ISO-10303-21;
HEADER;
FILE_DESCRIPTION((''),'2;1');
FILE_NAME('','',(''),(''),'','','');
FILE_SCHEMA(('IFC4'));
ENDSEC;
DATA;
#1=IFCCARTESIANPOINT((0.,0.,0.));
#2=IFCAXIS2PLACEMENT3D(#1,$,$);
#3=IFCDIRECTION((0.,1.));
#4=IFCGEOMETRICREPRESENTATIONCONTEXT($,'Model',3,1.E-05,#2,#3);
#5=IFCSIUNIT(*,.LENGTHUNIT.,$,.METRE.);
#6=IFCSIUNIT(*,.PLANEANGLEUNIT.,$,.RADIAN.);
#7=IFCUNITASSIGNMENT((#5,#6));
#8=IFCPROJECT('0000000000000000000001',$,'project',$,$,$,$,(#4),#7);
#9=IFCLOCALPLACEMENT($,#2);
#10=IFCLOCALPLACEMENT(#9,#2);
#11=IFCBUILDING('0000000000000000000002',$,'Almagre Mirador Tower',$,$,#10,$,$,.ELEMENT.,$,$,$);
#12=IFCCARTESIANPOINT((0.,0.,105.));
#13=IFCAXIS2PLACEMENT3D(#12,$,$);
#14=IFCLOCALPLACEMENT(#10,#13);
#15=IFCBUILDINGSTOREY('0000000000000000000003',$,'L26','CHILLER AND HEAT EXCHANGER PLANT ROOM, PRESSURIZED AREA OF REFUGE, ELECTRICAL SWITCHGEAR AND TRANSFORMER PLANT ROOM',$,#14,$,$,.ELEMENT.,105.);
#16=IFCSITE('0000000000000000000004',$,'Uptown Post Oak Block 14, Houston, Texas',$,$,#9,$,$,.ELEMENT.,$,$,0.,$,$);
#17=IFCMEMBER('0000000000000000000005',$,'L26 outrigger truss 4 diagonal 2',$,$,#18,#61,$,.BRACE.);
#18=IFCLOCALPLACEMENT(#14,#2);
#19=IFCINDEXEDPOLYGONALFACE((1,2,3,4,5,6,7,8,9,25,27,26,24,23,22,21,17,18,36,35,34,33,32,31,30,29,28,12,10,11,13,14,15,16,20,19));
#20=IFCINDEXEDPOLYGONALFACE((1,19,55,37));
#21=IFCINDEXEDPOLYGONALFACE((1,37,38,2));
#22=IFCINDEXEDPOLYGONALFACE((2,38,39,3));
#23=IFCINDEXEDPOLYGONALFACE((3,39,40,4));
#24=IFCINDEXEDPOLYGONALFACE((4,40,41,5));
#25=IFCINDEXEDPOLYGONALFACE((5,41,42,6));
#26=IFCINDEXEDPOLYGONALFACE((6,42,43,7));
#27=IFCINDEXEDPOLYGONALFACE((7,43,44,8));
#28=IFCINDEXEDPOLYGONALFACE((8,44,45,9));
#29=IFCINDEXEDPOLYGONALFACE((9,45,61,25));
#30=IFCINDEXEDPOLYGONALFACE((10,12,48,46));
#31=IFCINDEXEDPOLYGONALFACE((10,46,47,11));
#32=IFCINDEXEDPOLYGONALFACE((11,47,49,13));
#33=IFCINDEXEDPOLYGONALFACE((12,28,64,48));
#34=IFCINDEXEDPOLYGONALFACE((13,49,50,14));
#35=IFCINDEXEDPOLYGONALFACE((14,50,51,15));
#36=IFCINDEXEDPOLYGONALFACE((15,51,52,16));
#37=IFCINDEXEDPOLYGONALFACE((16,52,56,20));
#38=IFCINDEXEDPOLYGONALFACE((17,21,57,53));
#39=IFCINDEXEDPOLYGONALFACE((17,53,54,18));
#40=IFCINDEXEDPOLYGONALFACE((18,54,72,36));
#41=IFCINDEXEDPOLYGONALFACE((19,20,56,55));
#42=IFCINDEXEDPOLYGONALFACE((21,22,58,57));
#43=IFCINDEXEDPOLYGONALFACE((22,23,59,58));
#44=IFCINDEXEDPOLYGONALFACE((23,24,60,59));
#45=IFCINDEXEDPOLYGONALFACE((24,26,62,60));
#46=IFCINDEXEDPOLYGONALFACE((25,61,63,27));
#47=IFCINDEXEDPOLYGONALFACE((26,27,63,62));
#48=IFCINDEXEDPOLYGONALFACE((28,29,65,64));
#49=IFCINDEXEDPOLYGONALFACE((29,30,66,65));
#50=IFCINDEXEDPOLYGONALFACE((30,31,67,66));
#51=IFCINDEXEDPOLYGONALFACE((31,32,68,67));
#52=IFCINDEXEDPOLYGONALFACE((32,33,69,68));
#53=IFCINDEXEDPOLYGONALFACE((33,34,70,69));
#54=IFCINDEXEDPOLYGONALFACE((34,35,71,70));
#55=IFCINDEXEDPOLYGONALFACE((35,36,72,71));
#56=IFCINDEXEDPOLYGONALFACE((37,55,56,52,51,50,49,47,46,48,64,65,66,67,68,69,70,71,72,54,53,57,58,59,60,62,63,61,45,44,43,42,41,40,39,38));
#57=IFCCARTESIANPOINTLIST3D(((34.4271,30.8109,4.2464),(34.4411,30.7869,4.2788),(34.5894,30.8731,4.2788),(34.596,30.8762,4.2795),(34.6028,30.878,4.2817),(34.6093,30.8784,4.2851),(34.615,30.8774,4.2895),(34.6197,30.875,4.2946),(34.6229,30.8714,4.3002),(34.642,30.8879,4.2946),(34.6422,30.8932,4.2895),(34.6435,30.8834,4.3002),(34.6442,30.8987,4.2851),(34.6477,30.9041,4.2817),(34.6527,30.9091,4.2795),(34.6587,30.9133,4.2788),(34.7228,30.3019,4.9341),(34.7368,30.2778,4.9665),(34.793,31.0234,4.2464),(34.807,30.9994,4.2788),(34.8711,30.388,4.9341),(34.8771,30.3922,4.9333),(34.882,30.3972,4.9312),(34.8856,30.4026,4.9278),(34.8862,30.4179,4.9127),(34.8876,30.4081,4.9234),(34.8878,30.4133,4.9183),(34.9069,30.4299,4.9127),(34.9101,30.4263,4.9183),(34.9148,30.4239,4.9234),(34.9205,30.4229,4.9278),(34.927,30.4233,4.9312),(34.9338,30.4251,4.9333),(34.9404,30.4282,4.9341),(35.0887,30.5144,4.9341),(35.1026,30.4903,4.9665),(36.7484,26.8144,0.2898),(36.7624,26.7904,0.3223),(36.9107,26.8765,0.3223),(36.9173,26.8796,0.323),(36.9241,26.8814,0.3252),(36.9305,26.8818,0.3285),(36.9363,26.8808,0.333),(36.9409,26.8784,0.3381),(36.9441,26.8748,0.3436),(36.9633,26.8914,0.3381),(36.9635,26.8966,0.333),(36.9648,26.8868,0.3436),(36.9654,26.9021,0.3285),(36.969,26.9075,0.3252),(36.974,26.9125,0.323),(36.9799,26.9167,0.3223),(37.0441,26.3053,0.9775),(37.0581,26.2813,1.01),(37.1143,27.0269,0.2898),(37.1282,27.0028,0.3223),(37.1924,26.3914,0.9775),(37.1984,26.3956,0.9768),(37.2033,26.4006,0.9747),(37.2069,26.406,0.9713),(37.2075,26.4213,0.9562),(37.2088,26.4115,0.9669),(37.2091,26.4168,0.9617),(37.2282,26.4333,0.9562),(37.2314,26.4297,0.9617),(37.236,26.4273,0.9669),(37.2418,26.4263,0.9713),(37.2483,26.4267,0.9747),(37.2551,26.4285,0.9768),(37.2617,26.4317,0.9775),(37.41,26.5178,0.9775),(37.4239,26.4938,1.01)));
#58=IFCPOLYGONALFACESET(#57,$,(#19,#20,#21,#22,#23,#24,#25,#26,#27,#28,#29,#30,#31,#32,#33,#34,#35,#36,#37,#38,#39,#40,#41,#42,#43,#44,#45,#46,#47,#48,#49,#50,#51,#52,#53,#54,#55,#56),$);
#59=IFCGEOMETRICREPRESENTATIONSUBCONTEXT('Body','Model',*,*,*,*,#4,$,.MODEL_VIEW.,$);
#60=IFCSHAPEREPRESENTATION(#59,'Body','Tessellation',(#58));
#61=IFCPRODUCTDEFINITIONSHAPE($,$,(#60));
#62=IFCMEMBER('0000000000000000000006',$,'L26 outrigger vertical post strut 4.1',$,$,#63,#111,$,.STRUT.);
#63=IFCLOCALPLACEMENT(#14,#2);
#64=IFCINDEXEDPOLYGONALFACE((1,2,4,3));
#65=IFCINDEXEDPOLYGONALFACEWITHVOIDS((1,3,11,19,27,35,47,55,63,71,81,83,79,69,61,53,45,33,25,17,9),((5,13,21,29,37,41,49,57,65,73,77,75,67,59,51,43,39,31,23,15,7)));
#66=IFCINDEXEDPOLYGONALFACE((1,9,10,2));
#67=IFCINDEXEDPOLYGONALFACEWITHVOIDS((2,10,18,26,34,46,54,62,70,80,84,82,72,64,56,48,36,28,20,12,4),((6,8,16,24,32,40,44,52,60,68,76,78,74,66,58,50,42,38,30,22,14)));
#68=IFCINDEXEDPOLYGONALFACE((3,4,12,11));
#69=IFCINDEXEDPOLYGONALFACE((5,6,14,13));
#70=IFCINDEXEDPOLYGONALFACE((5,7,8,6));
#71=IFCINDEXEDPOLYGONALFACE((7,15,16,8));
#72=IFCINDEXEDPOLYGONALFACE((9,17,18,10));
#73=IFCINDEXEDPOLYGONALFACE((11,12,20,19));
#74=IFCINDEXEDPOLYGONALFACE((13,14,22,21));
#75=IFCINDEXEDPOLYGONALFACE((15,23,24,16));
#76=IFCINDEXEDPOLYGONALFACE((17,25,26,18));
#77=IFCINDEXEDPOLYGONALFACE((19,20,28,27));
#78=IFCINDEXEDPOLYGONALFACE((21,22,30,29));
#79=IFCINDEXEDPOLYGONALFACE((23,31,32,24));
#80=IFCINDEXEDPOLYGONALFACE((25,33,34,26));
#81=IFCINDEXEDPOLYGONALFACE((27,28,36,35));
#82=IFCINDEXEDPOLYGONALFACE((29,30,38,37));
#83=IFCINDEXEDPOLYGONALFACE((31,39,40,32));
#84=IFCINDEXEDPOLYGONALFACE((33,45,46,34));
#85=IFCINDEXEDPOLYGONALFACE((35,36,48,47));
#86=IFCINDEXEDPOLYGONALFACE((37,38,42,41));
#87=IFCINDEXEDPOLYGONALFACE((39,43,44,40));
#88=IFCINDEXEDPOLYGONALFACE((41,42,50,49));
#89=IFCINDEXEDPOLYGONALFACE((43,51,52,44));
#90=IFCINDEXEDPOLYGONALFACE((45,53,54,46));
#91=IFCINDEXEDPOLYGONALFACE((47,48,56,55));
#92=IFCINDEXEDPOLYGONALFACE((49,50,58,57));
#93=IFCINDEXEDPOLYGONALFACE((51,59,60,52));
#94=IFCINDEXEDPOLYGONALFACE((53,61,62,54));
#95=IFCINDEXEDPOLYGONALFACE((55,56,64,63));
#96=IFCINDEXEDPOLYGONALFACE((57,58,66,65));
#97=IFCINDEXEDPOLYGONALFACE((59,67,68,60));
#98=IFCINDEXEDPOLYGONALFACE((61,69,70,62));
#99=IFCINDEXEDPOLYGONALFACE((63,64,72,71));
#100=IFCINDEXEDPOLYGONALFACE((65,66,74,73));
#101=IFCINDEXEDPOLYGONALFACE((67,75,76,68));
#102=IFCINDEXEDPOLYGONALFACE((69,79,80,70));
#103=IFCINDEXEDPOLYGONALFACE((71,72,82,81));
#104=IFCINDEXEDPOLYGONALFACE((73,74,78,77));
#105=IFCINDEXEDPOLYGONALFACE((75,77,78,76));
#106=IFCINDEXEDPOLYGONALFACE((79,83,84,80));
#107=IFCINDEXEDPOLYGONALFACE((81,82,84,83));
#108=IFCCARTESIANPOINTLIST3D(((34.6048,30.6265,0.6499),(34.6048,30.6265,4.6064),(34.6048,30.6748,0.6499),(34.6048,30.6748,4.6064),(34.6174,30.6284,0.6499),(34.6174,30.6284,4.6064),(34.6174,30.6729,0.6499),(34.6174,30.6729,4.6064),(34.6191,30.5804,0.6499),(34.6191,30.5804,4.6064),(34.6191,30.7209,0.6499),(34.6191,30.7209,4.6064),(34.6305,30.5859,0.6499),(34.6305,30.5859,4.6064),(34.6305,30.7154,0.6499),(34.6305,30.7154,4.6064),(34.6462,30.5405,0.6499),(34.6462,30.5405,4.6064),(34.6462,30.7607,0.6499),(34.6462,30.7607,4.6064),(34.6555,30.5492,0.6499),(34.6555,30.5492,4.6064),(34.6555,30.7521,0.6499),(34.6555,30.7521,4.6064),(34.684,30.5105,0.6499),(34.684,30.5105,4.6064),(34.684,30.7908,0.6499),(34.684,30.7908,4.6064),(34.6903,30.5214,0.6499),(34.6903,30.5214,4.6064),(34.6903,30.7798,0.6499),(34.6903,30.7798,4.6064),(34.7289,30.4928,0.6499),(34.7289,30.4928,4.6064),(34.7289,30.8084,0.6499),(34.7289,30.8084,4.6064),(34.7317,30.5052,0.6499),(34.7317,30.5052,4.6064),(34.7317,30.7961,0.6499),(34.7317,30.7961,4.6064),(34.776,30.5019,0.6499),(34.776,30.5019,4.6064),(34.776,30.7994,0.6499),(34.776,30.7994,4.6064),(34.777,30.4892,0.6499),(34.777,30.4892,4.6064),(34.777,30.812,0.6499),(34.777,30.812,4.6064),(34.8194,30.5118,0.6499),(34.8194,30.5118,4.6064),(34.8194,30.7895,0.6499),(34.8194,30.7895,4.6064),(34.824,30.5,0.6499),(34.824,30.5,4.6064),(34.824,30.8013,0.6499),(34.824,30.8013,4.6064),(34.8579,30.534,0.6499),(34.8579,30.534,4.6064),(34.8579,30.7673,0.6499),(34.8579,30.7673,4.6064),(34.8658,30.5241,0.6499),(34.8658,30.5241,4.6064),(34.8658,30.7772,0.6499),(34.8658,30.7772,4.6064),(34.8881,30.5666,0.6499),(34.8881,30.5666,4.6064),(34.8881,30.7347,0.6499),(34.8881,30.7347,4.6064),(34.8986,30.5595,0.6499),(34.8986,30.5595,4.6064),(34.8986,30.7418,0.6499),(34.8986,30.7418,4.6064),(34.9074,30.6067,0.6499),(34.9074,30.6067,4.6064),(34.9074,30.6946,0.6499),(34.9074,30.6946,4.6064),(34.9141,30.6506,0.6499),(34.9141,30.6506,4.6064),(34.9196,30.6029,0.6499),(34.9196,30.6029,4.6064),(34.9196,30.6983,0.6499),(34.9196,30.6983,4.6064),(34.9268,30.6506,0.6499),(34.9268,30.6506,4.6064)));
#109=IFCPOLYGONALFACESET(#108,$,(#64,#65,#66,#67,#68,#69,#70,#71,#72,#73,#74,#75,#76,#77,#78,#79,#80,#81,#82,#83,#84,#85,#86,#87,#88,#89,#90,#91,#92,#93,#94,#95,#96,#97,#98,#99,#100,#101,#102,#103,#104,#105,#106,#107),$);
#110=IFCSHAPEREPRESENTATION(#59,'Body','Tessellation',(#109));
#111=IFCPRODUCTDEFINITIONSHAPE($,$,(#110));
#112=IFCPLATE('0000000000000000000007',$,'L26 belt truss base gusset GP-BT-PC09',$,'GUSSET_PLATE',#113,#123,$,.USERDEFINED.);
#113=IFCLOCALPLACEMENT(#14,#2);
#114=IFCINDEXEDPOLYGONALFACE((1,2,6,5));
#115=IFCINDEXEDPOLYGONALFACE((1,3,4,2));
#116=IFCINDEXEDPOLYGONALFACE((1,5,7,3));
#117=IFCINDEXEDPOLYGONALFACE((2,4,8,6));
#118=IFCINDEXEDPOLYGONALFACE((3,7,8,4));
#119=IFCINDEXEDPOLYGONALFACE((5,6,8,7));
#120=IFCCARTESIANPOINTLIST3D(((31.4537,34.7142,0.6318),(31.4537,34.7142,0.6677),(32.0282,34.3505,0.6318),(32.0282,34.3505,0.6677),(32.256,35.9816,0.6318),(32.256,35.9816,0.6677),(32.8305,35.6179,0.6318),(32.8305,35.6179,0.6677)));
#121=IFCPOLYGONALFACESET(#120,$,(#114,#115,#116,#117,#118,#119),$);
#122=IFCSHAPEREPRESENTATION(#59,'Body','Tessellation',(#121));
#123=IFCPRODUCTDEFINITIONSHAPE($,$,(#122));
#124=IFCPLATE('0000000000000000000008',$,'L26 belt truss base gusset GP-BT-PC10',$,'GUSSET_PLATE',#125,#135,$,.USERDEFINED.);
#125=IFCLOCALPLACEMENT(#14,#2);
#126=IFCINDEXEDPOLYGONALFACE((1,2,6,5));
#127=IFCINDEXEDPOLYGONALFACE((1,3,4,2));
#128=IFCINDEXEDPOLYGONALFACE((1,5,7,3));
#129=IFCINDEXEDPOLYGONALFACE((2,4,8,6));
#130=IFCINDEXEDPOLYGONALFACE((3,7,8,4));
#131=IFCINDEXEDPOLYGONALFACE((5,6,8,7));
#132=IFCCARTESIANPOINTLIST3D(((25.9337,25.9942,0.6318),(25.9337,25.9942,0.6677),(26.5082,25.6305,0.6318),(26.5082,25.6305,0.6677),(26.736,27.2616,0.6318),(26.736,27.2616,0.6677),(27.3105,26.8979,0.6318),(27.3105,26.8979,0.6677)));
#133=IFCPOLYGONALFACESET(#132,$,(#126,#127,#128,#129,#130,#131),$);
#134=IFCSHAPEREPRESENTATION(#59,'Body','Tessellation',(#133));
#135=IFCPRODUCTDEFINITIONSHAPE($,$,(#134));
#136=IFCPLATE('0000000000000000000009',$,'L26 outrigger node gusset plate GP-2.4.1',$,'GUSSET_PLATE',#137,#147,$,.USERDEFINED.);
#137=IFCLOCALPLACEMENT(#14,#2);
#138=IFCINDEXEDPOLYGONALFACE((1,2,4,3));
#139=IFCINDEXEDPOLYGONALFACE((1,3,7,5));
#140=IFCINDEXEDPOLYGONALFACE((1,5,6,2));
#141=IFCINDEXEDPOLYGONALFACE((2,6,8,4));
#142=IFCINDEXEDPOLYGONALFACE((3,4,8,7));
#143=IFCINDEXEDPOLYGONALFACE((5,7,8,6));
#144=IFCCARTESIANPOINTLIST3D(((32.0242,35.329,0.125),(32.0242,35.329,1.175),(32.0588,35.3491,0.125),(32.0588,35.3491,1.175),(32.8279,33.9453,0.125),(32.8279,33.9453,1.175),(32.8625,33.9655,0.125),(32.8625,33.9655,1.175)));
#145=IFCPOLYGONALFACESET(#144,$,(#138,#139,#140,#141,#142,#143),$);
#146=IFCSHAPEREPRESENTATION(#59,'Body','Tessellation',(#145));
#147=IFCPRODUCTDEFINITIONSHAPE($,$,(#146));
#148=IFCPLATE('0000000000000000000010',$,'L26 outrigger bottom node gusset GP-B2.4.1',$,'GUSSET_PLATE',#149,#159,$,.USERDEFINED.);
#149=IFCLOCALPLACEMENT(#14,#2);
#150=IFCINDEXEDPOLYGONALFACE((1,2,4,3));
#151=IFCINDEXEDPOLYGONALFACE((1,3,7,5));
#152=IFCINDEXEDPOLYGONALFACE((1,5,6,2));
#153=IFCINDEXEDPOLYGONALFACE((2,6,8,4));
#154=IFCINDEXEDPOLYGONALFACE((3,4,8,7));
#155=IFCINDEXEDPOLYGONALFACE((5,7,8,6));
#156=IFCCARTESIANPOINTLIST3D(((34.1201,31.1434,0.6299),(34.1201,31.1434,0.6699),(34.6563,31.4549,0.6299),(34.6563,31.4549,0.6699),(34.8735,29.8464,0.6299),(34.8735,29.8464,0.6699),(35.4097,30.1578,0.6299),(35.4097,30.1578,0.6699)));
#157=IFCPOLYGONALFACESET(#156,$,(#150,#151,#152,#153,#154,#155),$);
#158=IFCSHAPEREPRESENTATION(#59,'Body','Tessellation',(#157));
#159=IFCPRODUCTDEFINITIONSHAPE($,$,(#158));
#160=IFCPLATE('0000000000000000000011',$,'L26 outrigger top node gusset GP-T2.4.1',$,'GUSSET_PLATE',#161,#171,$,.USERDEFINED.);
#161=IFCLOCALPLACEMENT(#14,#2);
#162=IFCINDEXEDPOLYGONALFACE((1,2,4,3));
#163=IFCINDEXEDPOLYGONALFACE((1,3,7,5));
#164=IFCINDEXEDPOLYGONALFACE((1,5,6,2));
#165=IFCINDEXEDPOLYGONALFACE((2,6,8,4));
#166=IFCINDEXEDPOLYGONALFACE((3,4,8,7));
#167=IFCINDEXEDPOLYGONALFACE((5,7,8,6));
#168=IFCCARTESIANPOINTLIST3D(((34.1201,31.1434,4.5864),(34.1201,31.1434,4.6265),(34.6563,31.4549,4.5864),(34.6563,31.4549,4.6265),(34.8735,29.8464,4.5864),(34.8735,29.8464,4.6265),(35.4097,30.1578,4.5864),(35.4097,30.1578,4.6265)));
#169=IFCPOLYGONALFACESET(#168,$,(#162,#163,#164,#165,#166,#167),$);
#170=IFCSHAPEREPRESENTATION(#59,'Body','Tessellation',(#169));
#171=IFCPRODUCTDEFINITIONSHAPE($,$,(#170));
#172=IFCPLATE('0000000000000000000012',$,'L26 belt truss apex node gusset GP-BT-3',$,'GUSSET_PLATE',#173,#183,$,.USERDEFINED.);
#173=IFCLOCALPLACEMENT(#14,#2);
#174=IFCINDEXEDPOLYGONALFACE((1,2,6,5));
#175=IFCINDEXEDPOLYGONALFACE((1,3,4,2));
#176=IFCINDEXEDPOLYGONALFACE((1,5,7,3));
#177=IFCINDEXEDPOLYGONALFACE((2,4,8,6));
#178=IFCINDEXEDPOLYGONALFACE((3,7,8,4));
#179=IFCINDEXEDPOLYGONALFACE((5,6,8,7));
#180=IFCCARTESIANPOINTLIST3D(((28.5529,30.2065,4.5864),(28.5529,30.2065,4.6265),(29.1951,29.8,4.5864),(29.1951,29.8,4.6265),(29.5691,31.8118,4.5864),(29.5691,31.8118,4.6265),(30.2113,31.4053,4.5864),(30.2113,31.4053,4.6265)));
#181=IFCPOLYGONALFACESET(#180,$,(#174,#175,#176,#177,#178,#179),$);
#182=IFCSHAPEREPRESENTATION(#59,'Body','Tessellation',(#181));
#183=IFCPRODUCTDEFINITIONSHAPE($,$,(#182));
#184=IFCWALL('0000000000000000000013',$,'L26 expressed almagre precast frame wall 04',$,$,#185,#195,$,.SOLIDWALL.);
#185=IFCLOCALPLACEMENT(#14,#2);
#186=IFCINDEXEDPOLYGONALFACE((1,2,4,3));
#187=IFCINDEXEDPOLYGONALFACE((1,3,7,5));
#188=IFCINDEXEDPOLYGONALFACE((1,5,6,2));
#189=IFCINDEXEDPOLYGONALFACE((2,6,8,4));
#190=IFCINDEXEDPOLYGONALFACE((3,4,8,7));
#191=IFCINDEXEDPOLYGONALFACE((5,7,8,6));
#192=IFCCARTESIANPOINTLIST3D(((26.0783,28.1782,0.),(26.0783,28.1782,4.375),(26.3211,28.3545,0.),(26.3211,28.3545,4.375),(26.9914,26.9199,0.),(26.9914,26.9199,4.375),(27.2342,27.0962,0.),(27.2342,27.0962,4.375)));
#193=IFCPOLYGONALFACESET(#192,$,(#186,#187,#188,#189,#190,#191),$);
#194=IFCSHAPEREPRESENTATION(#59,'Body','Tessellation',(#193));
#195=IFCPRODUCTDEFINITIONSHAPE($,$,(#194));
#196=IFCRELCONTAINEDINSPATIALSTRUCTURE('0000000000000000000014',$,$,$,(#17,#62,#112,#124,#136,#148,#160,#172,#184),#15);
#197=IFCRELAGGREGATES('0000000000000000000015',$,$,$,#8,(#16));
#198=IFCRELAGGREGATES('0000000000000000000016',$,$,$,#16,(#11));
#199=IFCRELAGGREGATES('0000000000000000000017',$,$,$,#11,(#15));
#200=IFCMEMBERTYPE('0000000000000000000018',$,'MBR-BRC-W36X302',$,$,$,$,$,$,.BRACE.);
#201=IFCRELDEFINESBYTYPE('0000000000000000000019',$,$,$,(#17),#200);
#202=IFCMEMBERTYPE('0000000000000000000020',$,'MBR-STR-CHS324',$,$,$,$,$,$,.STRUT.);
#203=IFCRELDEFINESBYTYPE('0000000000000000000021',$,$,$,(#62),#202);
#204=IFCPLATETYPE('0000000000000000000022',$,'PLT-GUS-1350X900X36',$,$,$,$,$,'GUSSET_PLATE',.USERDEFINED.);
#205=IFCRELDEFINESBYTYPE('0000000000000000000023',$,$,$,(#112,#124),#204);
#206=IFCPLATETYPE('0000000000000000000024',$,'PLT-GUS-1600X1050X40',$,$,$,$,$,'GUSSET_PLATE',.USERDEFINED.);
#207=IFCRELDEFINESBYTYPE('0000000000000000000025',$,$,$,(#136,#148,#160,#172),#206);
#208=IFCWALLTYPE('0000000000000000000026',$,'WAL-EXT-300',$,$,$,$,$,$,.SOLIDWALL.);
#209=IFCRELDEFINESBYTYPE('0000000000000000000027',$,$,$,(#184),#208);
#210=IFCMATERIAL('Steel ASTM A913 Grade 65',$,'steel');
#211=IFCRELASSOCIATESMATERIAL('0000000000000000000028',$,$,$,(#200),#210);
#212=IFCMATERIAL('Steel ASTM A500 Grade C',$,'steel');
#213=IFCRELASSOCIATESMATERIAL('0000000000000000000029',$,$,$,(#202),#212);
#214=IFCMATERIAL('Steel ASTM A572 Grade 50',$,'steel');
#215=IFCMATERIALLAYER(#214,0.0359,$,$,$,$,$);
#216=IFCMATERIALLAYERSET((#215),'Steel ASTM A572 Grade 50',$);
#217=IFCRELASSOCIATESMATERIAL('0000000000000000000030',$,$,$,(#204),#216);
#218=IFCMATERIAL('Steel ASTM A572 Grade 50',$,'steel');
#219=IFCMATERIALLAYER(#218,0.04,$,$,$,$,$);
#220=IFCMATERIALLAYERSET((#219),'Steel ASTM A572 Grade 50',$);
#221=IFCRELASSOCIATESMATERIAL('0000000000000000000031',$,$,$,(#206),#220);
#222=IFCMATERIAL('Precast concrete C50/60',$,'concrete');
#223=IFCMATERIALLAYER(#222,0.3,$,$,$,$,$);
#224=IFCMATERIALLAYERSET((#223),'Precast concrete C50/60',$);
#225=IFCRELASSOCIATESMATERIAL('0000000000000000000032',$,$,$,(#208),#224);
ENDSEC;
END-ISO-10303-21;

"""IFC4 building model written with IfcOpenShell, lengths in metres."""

from ifc_helpers import new_model, si_unit, direction, frame, frame_2d, origin, origin_2d, place, context, subcontext, project, spatial, rectangle, hollow_circle, i_section, extrude, material, layer, layer_set, material_profile, profile_set, type_object, element, save


model = new_model("IFC4")

# Units and contexts
model_context = context("Model", 3, precision=1e-05, world=origin(), true_north=direction((0.0, 1.0)))
body_context = subcontext(model_context, "Body", "Model", "MODEL_VIEW")
ifc_project = project(units=[si_unit("LENGTHUNIT", "METRE"), si_unit("PLANEANGLEUNIT", "RADIAN")], contexts=[model_context])

# Site, building, storey
site_placement = place(None, origin())
site = spatial("IfcSite", under=ifc_project, at=site_placement, Name="Uptown Post Oak Block 14, Houston, Texas", CompositionType="ELEMENT", RefElevation=0.0)
building_placement = place(site_placement, origin())
building = spatial("IfcBuilding", under=site, at=building_placement, Name="Almagre Mirador Tower", CompositionType="ELEMENT")
storey_placement = place(building_placement, frame((0.0, 0.0, 105.0)))
storey = spatial("IfcBuildingStorey", under=building, at=storey_placement, Name="L26", Description="CHILLER AND HEAT EXCHANGER PLANT ROOM, PRESSURIZED AREA OF REFUGE, ELECTRICAL SWITCHGEAR AND TRANSFORMER PLANT ROOM", CompositionType="ELEMENT", Elevation=105.0)

# Members
ifc_material_1 = material(Name="Steel ASTM A913 Grade 65", Category="steel")
ifc_material_profile_1 = material_profile(ifc_material_1, i_section(OverallWidth=0.4231, OverallDepth=0.948, WebThickness=0.0239, FlangeThickness=0.0427, FilletRadius=0.0281, at=origin_2d()), Name="W36X302")
ifc_profile_set_1 = profile_set([ifc_material_profile_1], Name="Steel ASTM A913 Grade 65")
member_type_1 = type_object("IfcMemberType", Name="MBR-BRC-W36X302", PredefinedType="BRACE", material=ifc_profile_set_1)
member_1_placement = place(storey_placement, frame((34.7649, 30.6506, 4.6064), z_axis=(0.381539, -0.656898, -0.650317), x_axis=(0.864724, 0.502248, 0.0)))
element("IfcMember", 1, at=member_1_placement, inside=storey, type_object=member_type_1, Name="L26 outrigger truss 4 diagonal 2", PredefinedType="BRACE", context=body_context, shape_type="SweptSolid", body=[
    extrude(i_section(OverallWidth=0.4231, OverallDepth=0.948, WebThickness=0.0239, FlangeThickness=0.0427, FilletRadius=0.0281, at=origin_2d()), origin(), (0.0, 0.0, 1.0), 6.084),
])
ifc_material_2 = material(Name="Steel ASTM A500 Grade C", Category="steel")
ifc_material_profile_2 = material_profile(ifc_material_2, hollow_circle(Radius=0.1619, WallThickness=0.0127, at=origin_2d()), Name="CHS323.9X12.7")
ifc_profile_set_2 = profile_set([ifc_material_profile_2], Name="Steel ASTM A500 Grade C")
member_type_2 = type_object("IfcMemberType", Name="MBR-STR-CHS324", PredefinedType="STRUT", material=ifc_profile_set_2)
member_2_placement = place(storey_placement, frame((34.7649, 30.6506, 0.6499), z_axis=(0.0, 0.0, 1.0), x_axis=(1.0, 0.0, 0.0)))
element("IfcMember", 2, at=member_2_placement, inside=storey, type_object=member_type_2, Name="L26 outrigger vertical post strut 4.1", PredefinedType="STRUT", context=body_context, shape_type="SweptSolid", body=[
    extrude(hollow_circle(Radius=0.1619, WallThickness=0.0127, at=origin_2d()), origin(), (0.0, 0.0, 1.0), 3.9565),
])

# Plates
ifc_material_3 = material(Name="Steel ASTM A572 Grade 50", Category="steel")
ifc_layer_1 = layer(ifc_material_3, 0.0359)
ifc_layer_set_1 = layer_set([ifc_layer_1], Name="Steel ASTM A572 Grade 50")
plate_type_1 = type_object("IfcPlateType", Name="PLT-GUS-1350X900X36", ElementType="GUSSET_PLATE", PredefinedType="USERDEFINED", material=ifc_layer_set_1)
for number, where, z_axis, x_axis, name in (
    (3, (32.1421, 35.166, 0.6318), (0.0, 0.0, 1.0), (-0.534869, -0.844935, 0.0), "L26 belt truss base gusset GP-BT-PC09"),
    (4, (26.6221, 26.446, 0.6318), (0.0, 0.0, 1.0), (-0.534869, -0.844935, 0.0), "L26 belt truss base gusset GP-BT-PC10"),
):
    element("IfcPlate", number, at=place(storey_placement, frame(where, z_axis=z_axis, x_axis=x_axis)), inside=storey, type_object=plate_type_1, Name=name, ObjectType="GUSSET_PLATE", PredefinedType="USERDEFINED", context=body_context, shape_type="SweptSolid", body=[
        extrude(rectangle(XDim=1.5, YDim=0.6799, at=origin_2d()), origin(), (0.0, 0.0, 1.0), 0.0359),
    ])
ifc_material_4 = material(Name="Steel ASTM A572 Grade 50", Category="steel")
ifc_layer_2 = layer(ifc_material_4, 0.04)
ifc_layer_set_2 = layer_set([ifc_layer_2], Name="Steel ASTM A572 Grade 50")
plate_type_2 = type_object("IfcPlateType", Name="PLT-GUS-1600X1050X40", ElementType="GUSSET_PLATE", PredefinedType="USERDEFINED", material=ifc_layer_set_2)
plate_1_placement = place(storey_placement, frame((32.4434, 34.6472, 0.125), z_axis=(0.0, 0.0, 1.0), x_axis=(0.502266, -0.864713, 0.0)))
element("IfcPlate", 5, at=plate_1_placement, inside=storey, type_object=plate_type_2, Name="L26 outrigger node gusset plate GP-2.4.1", ObjectType="GUSSET_PLATE", PredefinedType="USERDEFINED", context=body_context, shape_type="SweptSolid", body=[
    extrude(rectangle(XDim=1.6001, YDim=0.04, at=origin_2d()), origin(), (0.0, 0.0, 1.0), 1.05),
])
for number, where, z_axis, x_axis, name in (
    (6, (34.7649, 30.6506, 0.6299), (0.0, 0.0, 1.0), (0.502266, -0.864713, 0.0), "L26 outrigger bottom node gusset GP-B2.4.1"),
    (7, (34.7649, 30.6506, 4.5864), (0.0, 0.0, 1.0), (0.502266, -0.864713, 0.0), "L26 outrigger top node gusset GP-T2.4.1"),
):
    element("IfcPlate", number, at=place(storey_placement, frame(where, z_axis=z_axis, x_axis=x_axis)), inside=storey, type_object=plate_type_2, Name=name, ObjectType="GUSSET_PLATE", PredefinedType="USERDEFINED", context=body_context, shape_type="SweptSolid", body=[
        extrude(rectangle(XDim=1.5, YDim=0.6201, at=origin_2d()), origin(), (0.0, 0.0, 1.0), 0.04),
    ])
plate_2_placement = place(storey_placement, frame((29.3821, 30.8059, 4.5864), z_axis=(0.0, 0.0, 1.0), x_axis=(-0.534869, -0.844935, 0.0)))
element("IfcPlate", 8, at=plate_2_placement, inside=storey, type_object=plate_type_2, Name="L26 belt truss apex node gusset GP-BT-3", ObjectType="GUSSET_PLATE", PredefinedType="USERDEFINED", context=body_context, shape_type="SweptSolid", body=[
    extrude(rectangle(XDim=1.8999, YDim=0.76, at=origin_2d()), origin(), (0.0, 0.0, 1.0), 0.04),
])

# Wall
ifc_material_5 = material(Name="Precast concrete C50/60", Category="concrete")
ifc_layer_3 = layer(ifc_material_5, 0.3)
ifc_layer_set_3 = layer_set([ifc_layer_3], Name="Precast concrete C50/60")
wall_type_1 = type_object("IfcWallType", Name="WAL-EXT-300", PredefinedType="SOLIDWALL", material=ifc_layer_set_3)
wall_1_placement = place(storey_placement, frame((27.1128, 27.0081, 0.0), z_axis=(0.0, 0.0, 1.0), x_axis=(-0.587312, 0.80936, 0.0)))
element("IfcWall", 9, at=wall_1_placement, inside=storey, type_object=wall_type_1, Name="L26 expressed almagre precast frame wall 04", PredefinedType="SOLIDWALL", context=body_context, shape_type="SweptSolid", body=[
    extrude(rectangle(XDim=1.5547, YDim=0.3, at=frame_2d((0.7773, 0.0))), origin(), (0.0, 0.0, 1.0), 4.375),
])

save(model, "model.ifc")
